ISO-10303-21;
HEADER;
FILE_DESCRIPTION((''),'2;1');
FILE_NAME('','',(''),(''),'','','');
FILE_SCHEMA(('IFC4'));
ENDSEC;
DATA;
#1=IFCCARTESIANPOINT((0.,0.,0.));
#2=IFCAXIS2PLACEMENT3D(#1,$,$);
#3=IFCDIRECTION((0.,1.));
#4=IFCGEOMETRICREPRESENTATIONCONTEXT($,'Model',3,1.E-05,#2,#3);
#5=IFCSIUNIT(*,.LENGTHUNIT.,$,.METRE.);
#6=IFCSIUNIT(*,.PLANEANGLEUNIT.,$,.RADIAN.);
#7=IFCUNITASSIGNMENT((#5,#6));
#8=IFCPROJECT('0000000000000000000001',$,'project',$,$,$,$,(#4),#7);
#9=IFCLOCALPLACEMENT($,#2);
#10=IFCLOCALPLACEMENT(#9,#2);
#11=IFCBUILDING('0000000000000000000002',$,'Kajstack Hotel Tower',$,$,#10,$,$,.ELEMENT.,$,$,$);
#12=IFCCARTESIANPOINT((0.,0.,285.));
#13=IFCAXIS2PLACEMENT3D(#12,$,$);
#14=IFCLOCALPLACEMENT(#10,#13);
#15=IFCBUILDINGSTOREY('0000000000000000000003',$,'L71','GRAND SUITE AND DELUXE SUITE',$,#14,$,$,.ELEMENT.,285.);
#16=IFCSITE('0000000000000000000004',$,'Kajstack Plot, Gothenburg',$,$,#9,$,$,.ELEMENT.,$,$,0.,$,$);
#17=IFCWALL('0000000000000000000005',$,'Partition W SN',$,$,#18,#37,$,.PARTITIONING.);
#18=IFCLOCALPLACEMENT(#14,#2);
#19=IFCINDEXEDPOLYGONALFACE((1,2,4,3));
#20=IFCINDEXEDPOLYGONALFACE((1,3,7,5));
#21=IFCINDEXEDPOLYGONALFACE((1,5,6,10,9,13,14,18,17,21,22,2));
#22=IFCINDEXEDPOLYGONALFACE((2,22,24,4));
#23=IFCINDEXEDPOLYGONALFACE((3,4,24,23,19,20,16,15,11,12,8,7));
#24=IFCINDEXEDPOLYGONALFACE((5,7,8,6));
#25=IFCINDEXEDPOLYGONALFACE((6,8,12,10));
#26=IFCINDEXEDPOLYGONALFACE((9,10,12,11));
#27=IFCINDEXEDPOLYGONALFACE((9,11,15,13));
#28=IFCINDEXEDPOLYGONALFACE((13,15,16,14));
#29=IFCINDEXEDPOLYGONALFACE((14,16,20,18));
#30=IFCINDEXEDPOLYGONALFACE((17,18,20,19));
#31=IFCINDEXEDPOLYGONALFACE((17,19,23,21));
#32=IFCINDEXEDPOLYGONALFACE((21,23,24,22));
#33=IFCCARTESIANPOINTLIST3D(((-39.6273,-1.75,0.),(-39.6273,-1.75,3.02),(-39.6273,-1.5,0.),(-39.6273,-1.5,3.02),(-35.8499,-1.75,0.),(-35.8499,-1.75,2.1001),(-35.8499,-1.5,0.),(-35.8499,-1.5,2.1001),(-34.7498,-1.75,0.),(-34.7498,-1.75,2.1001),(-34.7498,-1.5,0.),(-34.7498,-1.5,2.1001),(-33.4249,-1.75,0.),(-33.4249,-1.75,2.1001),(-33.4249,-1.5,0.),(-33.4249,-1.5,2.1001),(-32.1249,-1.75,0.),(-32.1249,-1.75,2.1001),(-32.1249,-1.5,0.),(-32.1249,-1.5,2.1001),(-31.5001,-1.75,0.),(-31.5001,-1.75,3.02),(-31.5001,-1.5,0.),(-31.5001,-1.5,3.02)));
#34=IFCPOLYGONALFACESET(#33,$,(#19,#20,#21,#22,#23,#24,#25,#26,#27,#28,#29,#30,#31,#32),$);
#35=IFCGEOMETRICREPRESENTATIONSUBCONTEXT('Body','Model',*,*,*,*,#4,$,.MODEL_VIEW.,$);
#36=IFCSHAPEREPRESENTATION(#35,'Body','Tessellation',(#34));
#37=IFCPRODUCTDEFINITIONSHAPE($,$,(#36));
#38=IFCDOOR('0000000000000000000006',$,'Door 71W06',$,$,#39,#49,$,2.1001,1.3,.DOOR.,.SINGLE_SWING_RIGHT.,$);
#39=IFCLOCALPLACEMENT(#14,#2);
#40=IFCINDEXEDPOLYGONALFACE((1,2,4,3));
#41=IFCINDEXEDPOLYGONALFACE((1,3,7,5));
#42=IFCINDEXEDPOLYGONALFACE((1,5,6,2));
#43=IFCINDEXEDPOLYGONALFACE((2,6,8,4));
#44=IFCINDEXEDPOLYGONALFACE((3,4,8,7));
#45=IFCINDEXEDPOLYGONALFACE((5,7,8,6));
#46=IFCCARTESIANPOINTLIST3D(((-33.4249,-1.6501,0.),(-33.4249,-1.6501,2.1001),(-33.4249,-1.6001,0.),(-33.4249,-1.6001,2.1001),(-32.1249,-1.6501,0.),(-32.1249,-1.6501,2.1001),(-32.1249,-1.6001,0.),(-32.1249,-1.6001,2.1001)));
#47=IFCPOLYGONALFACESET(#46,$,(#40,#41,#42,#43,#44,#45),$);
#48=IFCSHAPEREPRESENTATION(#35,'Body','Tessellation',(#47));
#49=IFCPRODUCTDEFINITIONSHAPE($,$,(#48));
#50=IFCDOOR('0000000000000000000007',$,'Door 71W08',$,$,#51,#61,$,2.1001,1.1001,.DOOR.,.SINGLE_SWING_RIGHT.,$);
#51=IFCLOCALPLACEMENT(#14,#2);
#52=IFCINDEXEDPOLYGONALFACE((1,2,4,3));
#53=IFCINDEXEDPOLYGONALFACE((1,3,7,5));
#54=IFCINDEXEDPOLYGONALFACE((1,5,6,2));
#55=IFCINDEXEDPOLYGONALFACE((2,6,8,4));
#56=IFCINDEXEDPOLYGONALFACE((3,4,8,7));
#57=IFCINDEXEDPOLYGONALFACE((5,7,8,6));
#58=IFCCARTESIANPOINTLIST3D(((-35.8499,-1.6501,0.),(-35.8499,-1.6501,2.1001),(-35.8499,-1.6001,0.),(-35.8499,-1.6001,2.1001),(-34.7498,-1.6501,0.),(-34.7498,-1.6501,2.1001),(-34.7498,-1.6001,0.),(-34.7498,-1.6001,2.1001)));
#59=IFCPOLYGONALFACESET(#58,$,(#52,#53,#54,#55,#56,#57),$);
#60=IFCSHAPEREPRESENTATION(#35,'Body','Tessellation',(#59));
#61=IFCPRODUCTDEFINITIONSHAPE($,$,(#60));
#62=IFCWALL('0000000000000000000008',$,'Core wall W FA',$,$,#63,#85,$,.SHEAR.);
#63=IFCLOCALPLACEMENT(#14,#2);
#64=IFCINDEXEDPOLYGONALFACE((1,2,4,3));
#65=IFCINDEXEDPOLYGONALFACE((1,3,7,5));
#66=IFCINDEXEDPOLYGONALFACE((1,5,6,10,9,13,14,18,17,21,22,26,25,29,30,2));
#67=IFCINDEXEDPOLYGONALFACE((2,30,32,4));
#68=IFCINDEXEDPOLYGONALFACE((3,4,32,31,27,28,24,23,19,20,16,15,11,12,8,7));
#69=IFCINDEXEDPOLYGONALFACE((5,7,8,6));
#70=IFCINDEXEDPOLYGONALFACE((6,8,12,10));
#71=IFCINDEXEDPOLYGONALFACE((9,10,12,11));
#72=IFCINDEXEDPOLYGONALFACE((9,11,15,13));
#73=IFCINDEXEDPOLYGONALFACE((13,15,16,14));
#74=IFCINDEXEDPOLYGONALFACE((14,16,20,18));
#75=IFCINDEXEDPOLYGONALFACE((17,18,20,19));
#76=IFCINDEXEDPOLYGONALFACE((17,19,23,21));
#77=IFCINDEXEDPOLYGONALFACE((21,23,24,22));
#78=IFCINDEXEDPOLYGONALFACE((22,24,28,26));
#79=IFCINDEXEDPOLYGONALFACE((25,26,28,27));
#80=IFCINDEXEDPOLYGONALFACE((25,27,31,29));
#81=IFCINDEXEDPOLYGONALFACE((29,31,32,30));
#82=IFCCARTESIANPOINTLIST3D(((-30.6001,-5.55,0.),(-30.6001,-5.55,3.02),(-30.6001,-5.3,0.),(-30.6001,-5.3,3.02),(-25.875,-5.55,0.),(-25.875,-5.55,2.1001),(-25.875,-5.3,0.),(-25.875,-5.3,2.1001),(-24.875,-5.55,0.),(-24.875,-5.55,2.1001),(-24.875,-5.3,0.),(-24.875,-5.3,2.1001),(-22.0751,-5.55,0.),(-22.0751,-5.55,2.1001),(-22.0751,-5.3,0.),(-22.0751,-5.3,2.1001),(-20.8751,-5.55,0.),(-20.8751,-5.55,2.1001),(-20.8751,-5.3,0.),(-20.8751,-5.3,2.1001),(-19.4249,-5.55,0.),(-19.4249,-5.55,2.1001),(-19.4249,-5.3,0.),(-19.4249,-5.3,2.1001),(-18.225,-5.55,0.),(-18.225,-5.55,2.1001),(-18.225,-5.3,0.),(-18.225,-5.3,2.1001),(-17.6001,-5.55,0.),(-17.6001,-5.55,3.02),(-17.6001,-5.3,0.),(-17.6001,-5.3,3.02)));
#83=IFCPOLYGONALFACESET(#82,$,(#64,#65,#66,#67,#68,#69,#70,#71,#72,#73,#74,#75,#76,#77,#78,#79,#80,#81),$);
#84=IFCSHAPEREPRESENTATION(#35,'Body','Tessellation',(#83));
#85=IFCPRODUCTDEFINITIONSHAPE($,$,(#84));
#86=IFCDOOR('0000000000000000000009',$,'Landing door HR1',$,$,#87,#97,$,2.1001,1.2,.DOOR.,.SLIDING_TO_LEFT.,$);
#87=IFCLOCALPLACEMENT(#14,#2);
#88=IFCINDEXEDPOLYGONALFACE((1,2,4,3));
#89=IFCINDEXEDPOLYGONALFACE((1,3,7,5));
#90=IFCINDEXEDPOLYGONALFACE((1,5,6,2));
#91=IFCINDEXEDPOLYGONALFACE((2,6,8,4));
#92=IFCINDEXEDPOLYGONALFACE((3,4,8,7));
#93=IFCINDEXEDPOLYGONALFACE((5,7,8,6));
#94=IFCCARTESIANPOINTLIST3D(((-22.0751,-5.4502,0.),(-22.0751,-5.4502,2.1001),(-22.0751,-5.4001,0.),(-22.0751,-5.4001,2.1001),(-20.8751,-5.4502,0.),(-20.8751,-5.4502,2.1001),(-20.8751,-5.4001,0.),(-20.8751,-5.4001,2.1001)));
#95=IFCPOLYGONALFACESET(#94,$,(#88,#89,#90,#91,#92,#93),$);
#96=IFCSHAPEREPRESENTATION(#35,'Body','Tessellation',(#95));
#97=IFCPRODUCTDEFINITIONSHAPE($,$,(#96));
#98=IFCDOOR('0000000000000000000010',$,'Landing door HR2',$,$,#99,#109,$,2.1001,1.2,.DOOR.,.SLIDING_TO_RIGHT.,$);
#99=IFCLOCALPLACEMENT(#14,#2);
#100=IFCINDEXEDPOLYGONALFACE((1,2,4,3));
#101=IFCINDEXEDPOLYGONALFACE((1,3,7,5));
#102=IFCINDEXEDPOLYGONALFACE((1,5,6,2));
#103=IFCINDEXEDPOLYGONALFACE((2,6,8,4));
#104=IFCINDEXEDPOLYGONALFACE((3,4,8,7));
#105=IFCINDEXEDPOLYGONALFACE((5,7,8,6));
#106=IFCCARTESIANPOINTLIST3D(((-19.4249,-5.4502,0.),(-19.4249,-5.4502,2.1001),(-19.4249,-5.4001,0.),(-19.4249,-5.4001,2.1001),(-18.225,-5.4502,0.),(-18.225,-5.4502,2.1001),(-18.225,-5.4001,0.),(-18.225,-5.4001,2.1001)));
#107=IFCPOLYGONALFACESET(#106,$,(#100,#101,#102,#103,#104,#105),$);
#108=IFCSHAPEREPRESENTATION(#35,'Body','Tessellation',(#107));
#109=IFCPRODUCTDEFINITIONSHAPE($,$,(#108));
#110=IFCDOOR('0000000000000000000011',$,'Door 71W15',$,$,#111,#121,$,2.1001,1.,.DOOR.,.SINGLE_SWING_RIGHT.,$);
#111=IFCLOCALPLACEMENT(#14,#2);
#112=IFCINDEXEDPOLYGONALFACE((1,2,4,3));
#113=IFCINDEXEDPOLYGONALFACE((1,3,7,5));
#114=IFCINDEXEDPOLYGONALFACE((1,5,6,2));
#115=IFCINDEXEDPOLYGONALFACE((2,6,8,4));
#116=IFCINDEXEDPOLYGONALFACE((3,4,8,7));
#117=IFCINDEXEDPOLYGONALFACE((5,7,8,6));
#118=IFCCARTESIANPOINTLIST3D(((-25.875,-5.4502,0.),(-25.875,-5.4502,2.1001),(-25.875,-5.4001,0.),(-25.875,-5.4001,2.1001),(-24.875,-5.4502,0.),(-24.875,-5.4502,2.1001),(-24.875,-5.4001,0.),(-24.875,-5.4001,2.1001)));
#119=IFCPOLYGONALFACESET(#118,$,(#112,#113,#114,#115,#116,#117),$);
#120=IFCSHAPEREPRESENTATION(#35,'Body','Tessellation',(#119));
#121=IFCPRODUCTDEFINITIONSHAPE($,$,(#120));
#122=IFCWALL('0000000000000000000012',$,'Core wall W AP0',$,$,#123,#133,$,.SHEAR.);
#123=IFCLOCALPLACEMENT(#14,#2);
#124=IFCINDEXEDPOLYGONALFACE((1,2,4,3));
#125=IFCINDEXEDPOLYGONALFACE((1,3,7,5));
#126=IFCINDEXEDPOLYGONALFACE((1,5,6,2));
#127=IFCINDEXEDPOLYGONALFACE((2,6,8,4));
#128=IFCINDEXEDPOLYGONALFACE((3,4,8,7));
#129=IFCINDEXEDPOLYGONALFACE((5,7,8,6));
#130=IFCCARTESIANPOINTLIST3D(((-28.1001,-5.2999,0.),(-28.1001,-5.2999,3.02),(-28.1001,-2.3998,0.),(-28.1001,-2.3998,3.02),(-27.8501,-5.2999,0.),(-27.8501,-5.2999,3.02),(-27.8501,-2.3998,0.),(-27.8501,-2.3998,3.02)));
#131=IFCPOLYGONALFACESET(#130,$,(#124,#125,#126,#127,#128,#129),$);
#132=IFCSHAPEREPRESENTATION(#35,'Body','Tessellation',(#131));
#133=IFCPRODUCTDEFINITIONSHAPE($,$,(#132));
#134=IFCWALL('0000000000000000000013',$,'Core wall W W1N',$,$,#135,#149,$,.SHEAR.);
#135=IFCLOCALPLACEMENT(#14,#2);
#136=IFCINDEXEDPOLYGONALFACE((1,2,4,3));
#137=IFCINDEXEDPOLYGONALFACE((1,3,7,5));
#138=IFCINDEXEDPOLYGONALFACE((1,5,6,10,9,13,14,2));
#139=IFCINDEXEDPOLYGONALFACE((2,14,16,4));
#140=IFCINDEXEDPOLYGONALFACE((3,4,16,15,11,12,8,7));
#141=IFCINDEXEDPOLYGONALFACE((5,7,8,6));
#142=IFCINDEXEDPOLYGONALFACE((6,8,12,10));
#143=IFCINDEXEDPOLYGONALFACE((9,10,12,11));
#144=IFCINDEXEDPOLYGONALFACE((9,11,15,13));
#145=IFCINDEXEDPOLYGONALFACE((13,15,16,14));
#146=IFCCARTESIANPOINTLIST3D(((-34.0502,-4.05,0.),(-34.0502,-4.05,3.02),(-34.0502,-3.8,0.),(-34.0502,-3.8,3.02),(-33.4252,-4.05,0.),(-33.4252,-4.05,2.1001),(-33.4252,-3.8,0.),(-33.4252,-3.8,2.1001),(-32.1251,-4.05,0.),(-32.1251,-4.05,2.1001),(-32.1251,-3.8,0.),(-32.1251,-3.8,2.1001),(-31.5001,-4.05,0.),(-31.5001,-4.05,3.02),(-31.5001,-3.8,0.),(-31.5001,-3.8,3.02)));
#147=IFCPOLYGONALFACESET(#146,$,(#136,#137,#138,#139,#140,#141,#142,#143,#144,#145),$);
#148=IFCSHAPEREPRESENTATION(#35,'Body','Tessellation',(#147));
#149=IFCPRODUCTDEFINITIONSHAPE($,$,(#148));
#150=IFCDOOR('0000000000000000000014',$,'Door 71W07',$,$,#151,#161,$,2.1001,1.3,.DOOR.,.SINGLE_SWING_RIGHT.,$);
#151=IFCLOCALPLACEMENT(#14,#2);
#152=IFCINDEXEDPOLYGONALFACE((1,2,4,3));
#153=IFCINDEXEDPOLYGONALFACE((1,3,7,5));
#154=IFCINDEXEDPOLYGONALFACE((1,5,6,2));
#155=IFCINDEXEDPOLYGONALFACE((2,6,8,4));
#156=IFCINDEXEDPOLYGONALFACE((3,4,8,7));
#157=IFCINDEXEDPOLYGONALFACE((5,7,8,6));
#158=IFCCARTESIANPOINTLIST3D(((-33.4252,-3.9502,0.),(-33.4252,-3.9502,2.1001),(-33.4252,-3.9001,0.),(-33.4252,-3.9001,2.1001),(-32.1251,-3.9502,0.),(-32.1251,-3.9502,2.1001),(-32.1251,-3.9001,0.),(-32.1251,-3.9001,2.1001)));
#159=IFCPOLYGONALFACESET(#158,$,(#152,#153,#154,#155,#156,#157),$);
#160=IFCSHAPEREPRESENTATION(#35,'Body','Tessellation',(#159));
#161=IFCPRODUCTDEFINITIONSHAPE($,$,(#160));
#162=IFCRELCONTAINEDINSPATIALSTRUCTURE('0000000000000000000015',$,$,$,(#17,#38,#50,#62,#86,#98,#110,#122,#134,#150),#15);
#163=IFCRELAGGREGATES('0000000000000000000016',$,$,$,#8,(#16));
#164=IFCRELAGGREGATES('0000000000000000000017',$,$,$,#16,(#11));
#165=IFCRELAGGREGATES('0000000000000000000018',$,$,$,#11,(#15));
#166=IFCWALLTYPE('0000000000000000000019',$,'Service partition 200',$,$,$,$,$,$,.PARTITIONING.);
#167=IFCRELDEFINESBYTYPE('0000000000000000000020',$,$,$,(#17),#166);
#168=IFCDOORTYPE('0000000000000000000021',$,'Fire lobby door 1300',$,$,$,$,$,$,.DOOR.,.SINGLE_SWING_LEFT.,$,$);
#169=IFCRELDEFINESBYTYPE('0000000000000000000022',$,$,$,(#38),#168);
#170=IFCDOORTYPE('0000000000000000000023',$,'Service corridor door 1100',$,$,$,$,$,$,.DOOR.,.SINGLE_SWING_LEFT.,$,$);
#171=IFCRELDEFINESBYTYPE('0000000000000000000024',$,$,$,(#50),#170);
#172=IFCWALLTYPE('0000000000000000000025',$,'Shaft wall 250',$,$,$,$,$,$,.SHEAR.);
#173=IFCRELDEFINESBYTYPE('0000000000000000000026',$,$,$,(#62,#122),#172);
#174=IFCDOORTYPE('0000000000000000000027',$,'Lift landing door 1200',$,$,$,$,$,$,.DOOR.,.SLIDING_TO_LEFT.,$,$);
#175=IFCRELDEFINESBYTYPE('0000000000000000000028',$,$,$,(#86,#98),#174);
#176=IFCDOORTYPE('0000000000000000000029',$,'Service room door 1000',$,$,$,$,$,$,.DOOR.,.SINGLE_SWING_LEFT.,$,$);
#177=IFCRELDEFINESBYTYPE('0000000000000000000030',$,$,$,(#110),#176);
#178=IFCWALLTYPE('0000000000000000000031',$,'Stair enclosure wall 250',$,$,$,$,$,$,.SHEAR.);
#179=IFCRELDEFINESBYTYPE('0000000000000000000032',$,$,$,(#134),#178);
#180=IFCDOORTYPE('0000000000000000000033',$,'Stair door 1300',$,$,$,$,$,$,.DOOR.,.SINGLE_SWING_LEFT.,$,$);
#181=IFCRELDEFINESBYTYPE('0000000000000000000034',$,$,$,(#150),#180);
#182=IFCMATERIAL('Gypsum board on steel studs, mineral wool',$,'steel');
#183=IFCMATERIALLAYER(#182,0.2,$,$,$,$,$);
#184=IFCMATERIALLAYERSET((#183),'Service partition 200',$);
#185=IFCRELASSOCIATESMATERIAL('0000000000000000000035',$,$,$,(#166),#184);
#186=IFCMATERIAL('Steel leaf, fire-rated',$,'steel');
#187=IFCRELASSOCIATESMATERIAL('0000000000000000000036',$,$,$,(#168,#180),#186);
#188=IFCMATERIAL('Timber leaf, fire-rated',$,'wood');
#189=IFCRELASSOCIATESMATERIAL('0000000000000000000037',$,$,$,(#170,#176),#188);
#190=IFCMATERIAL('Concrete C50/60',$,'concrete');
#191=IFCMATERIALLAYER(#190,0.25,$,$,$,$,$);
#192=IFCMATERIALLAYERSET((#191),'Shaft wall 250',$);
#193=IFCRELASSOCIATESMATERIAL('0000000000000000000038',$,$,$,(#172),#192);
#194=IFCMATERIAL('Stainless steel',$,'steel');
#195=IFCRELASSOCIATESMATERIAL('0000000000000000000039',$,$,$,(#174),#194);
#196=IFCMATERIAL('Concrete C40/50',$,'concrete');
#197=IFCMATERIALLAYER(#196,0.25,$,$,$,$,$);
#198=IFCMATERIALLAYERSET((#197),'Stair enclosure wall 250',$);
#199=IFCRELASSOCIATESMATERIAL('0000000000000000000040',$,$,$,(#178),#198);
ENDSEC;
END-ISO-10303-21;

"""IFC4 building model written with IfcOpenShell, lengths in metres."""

from ifc_helpers import new_model, si_unit, direction, frame, frame_2d, origin, place, context, subcontext, project, spatial, rectangle, extrude, material, layer, layer_set, type_object, element, fill, save


model = new_model("IFC4")

# Units and contexts
model_context = context("Model", 3, precision=1e-05, world=origin(), true_north=direction((0.0, 1.0)))
body_context = subcontext(model_context, "Body", "Model", "MODEL_VIEW")
ifc_project = project(units=[si_unit("LENGTHUNIT", "METRE"), si_unit("PLANEANGLEUNIT", "RADIAN")], contexts=[model_context])

# Site, building, storey
site_placement = place(None, origin())
site = spatial("IfcSite", under=ifc_project, at=site_placement, Name="Kajstack Plot, Gothenburg", CompositionType="ELEMENT", RefElevation=0.0)
building_placement = place(site_placement, origin())
building = spatial("IfcBuilding", under=site, at=building_placement, Name="Kajstack Hotel Tower", CompositionType="ELEMENT")
storey_placement = place(building_placement, frame((0.0, 0.0, 285.0)))
storey = spatial("IfcBuildingStorey", under=building, at=storey_placement, Name="L71", Description="GRAND SUITE AND DELUXE SUITE", CompositionType="ELEMENT", Elevation=285.0)

# Walls, openings, doors
ifc_material_1 = material(Name="Gypsum board on steel studs, mineral wool", Category="steel")
ifc_layer_1 = layer(ifc_material_1, 0.2)
ifc_layer_set_1 = layer_set([ifc_layer_1], Name="Service partition 200")
wall_type_1 = type_object("IfcWallType", Name="Service partition 200", PredefinedType="PARTITIONING", material=ifc_layer_set_1)
wall_1_placement = place(storey_placement, frame((-39.6272, -1.625, 0.0), z_axis=(0.0, 0.0, 1.0), x_axis=(1.0, 0.0, 0.0)))
wall_1 = element("IfcWall", 1, at=wall_1_placement, inside=storey, type_object=wall_type_1, Name="Partition W SN", PredefinedType="PARTITIONING", context=body_context, shape_type="SweptSolid", body=[
    extrude(rectangle(XDim=8.1272, YDim=0.25, at=frame_2d((4.0635, 0.0))), origin(), (0.0, 0.0, 1.0), 3.02),
])
opening_1_placement = place(wall_1_placement, frame((6.2024, 0.0, 0.0)))
opening_1 = element("IfcOpeningElement", 2, at=opening_1_placement, cuts=wall_1, PredefinedType="OPENING", context=body_context, shape_type="SweptSolid", body=[
    extrude(rectangle(XDim=1.3, YDim=2.1001, at=frame_2d((0.6499, 1.05))), frame((0.0, 0.135, 0.0), z_axis=(0.0, -1.0, 0.0), x_axis=(1.0, 0.0, 0.0)), (0.0, 0.0, 1.0), 0.27),
])
opening_2_placement = place(wall_1_placement, frame((3.7773, 0.0, 0.0)))
opening_2 = element("IfcOpeningElement", 3, at=opening_2_placement, cuts=wall_1, PredefinedType="OPENING", context=body_context, shape_type="SweptSolid", body=[
    extrude(rectangle(XDim=1.1001, YDim=2.1001, at=frame_2d((0.55, 1.05))), frame((0.0, 0.135, 0.0), z_axis=(0.0, -1.0, 0.0), x_axis=(1.0, 0.0, 0.0)), (0.0, 0.0, 1.0), 0.27),
])
ifc_material_2 = material(Name="Steel leaf, fire-rated", Category="steel")
door_type_1 = type_object("IfcDoorType", Name="Fire lobby door 1300", OperationType="SINGLE_SWING_LEFT", PredefinedType="DOOR", material=ifc_material_2)
door_1_placement = place(opening_1_placement, origin())
door_1 = element("IfcDoor", 4, at=door_1_placement, inside=storey, type_object=door_type_1, Name="Door 71W06", OperationType="SINGLE_SWING_RIGHT", OverallHeight=2.1001, OverallWidth=1.3, PredefinedType="DOOR", context=body_context, shape_type="SweptSolid", body=[
    extrude(rectangle(XDim=1.3, YDim=2.1001, at=frame_2d((0.6499, 1.05))), frame((0.0, 0.0249, 0.0), z_axis=(0.0, -1.0, 0.0), x_axis=(1.0, 0.0, 0.0)), (0.0, 0.0, 1.0), 0.05),
])
fill(opening_1, door_1)
ifc_material_3 = material(Name="Timber leaf, fire-rated", Category="wood")
door_type_2 = type_object("IfcDoorType", Name="Service corridor door 1100", OperationType="SINGLE_SWING_LEFT", PredefinedType="DOOR", material=ifc_material_3)
door_2_placement = place(opening_2_placement, origin())
door_2 = element("IfcDoor", 5, at=door_2_placement, inside=storey, type_object=door_type_2, Name="Door 71W08", OperationType="SINGLE_SWING_RIGHT", OverallHeight=2.1001, OverallWidth=1.1001, PredefinedType="DOOR", context=body_context, shape_type="SweptSolid", body=[
    extrude(rectangle(XDim=1.1001, YDim=2.1001, at=frame_2d((0.55, 1.05))), frame((0.0, 0.0249, 0.0), z_axis=(0.0, -1.0, 0.0), x_axis=(1.0, 0.0, 0.0)), (0.0, 0.0, 1.0), 0.05),
])
fill(opening_2, door_2)
ifc_material_4 = material(Name="Concrete C50/60", Category="concrete")
ifc_layer_2 = layer(ifc_material_4, 0.25)
ifc_layer_set_2 = layer_set([ifc_layer_2], Name="Shaft wall 250")
wall_type_2 = type_object("IfcWallType", Name="Shaft wall 250", PredefinedType="SHEAR", material=ifc_layer_set_2)
wall_2_placement = place(storey_placement, frame((-30.6001, -5.425, 0.0), z_axis=(0.0, 0.0, 1.0), x_axis=(1.0, 0.0, 0.0)))
wall_2 = element("IfcWall", 6, at=wall_2_placement, inside=storey, type_object=wall_type_2, Name="Core wall W FA", PredefinedType="SHEAR", context=body_context, shape_type="SweptSolid", body=[
    extrude(rectangle(XDim=13.0, YDim=0.25, at=frame_2d((6.5, 0.0))), origin(), (0.0, 0.0, 1.0), 3.02),
])
opening_3_placement = place(wall_2_placement, frame((8.5249, 0.0, 0.0)))
opening_3 = element("IfcOpeningElement", 7, at=opening_3_placement, cuts=wall_2, PredefinedType="OPENING", context=body_context, shape_type="SweptSolid", body=[
    extrude(rectangle(XDim=1.2, YDim=2.1001, at=frame_2d((0.6001, 1.05))), frame((0.0, 0.135, 0.0), z_axis=(0.0, -1.0, 0.0), x_axis=(1.0, 0.0, 0.0)), (0.0, 0.0, 1.0), 0.27),
])
opening_4_placement = place(wall_2_placement, frame((11.175, 0.0, 0.0)))
opening_4 = element("IfcOpeningElement", 8, at=opening_4_placement, cuts=wall_2, PredefinedType="OPENING", context=body_context, shape_type="SweptSolid", body=[
    extrude(rectangle(XDim=1.2, YDim=2.1001, at=frame_2d((0.6001, 1.05))), frame((0.0, 0.135, 0.0), z_axis=(0.0, -1.0, 0.0), x_axis=(1.0, 0.0, 0.0)), (0.0, 0.0, 1.0), 0.27),
])
opening_5_placement = place(wall_2_placement, frame((4.7251, 0.0, 0.0)))
opening_5 = element("IfcOpeningElement", 9, at=opening_5_placement, cuts=wall_2, PredefinedType="OPENING", context=body_context, shape_type="SweptSolid", body=[
    extrude(rectangle(XDim=1.0, YDim=2.1001, at=frame_2d((0.5, 1.05))), frame((0.0, 0.135, 0.0), z_axis=(0.0, -1.0, 0.0), x_axis=(1.0, 0.0, 0.0)), (0.0, 0.0, 1.0), 0.27),
])
ifc_material_5 = material(Name="Stainless steel", Category="steel")
door_type_3 = type_object("IfcDoorType", Name="Lift landing door 1200", OperationType="SLIDING_TO_LEFT", PredefinedType="DOOR", material=ifc_material_5)
door_3_placement = place(opening_3_placement, origin())
door_3 = element("IfcDoor", 10, at=door_3_placement, inside=storey, type_object=door_type_3, Name="Landing door HR1", OperationType="SLIDING_TO_LEFT", OverallHeight=2.1001, OverallWidth=1.2, PredefinedType="DOOR", context=body_context, shape_type="SweptSolid", body=[
    extrude(rectangle(XDim=1.2, YDim=2.1001, at=frame_2d((0.6001, 1.05))), frame((0.0, 0.0249, 0.0), z_axis=(0.0, -1.0, 0.0), x_axis=(1.0, 0.0, 0.0)), (0.0, 0.0, 1.0), 0.05),
])
fill(opening_3, door_3)
door_4_placement = place(opening_4_placement, origin())
door_4 = element("IfcDoor", 11, at=door_4_placement, inside=storey, type_object=door_type_3, Name="Landing door HR2", OperationType="SLIDING_TO_RIGHT", OverallHeight=2.1001, OverallWidth=1.2, PredefinedType="DOOR", context=body_context, shape_type="SweptSolid", body=[
    extrude(rectangle(XDim=1.2, YDim=2.1001, at=frame_2d((0.6001, 1.05))), frame((0.0, 0.0249, 0.0), z_axis=(0.0, -1.0, 0.0), x_axis=(1.0, 0.0, 0.0)), (0.0, 0.0, 1.0), 0.05),
])
fill(opening_4, door_4)
door_type_4 = type_object("IfcDoorType", Name="Service room door 1000", OperationType="SINGLE_SWING_LEFT", PredefinedType="DOOR", material=ifc_material_3)
door_5_placement = place(opening_5_placement, origin())
door_5 = element("IfcDoor", 12, at=door_5_placement, inside=storey, type_object=door_type_4, Name="Door 71W15", OperationType="SINGLE_SWING_RIGHT", OverallHeight=2.1001, OverallWidth=1.0, PredefinedType="DOOR", context=body_context, shape_type="SweptSolid", body=[
    extrude(rectangle(XDim=1.0, YDim=2.1001, at=frame_2d((0.5, 1.05))), frame((0.0, 0.0249, 0.0), z_axis=(0.0, -1.0, 0.0), x_axis=(1.0, 0.0, 0.0)), (0.0, 0.0, 1.0), 0.05),
])
fill(opening_5, door_5)

# Wall
wall_3_placement = place(storey_placement, frame((-27.9751, -5.3, 0.0), z_axis=(0.0, 0.0, 1.0), x_axis=(0.0, 1.0, 0.0)))
element("IfcWall", 13, at=wall_3_placement, inside=storey, type_object=wall_type_2, Name="Core wall W AP0", PredefinedType="SHEAR", context=body_context, shape_type="SweptSolid", body=[
    extrude(rectangle(XDim=2.9001, YDim=0.25, at=frame_2d((1.4502, 0.0))), origin(), (0.0, 0.0, 1.0), 3.02),
])

# Wall, opening, door
ifc_material_6 = material(Name="Concrete C40/50", Category="concrete")
ifc_layer_3 = layer(ifc_material_6, 0.25)
ifc_layer_set_3 = layer_set([ifc_layer_3], Name="Stair enclosure wall 250")
wall_type_3 = type_object("IfcWallType", Name="Stair enclosure wall 250", PredefinedType="SHEAR", material=ifc_layer_set_3)
wall_4_placement = place(storey_placement, frame((-34.05, -3.925, 0.0), z_axis=(0.0, 0.0, 1.0), x_axis=(1.0, 0.0, 0.0)))
wall_4 = element("IfcWall", 14, at=wall_4_placement, inside=storey, type_object=wall_type_3, Name="Core wall W W1N", PredefinedType="SHEAR", context=body_context, shape_type="SweptSolid", body=[
    extrude(rectangle(XDim=2.55, YDim=0.25, at=frame_2d((1.2749, 0.0))), origin(), (0.0, 0.0, 1.0), 3.02),
])
opening_6_placement = place(wall_4_placement, frame((0.625, 0.0, 0.0)))
opening_6 = element("IfcOpeningElement", 15, at=opening_6_placement, cuts=wall_4, PredefinedType="OPENING", context=body_context, shape_type="SweptSolid", body=[
    extrude(rectangle(XDim=1.3, YDim=2.1001, at=frame_2d((0.6499, 1.05))), frame((0.0, 0.135, 0.0), z_axis=(0.0, -1.0, 0.0), x_axis=(1.0, 0.0, 0.0)), (0.0, 0.0, 1.0), 0.27),
])
door_type_5 = type_object("IfcDoorType", Name="Stair door 1300", OperationType="SINGLE_SWING_LEFT", PredefinedType="DOOR", material=ifc_material_2)
door_6_placement = place(opening_6_placement, origin())
door_6 = element("IfcDoor", 16, at=door_6_placement, inside=storey, type_object=door_type_5, Name="Door 71W07", OperationType="SINGLE_SWING_RIGHT", OverallHeight=2.1001, OverallWidth=1.3, PredefinedType="DOOR", context=body_context, shape_type="SweptSolid", body=[
    extrude(rectangle(XDim=1.3, YDim=2.1001, at=frame_2d((0.6499, 1.05))), frame((0.0, 0.0249, 0.0), z_axis=(0.0, -1.0, 0.0), x_axis=(1.0, 0.0, 0.0)), (0.0, 0.0, 1.0), 0.05),
])
fill(opening_6, door_6)

save(model, "model.ifc")
